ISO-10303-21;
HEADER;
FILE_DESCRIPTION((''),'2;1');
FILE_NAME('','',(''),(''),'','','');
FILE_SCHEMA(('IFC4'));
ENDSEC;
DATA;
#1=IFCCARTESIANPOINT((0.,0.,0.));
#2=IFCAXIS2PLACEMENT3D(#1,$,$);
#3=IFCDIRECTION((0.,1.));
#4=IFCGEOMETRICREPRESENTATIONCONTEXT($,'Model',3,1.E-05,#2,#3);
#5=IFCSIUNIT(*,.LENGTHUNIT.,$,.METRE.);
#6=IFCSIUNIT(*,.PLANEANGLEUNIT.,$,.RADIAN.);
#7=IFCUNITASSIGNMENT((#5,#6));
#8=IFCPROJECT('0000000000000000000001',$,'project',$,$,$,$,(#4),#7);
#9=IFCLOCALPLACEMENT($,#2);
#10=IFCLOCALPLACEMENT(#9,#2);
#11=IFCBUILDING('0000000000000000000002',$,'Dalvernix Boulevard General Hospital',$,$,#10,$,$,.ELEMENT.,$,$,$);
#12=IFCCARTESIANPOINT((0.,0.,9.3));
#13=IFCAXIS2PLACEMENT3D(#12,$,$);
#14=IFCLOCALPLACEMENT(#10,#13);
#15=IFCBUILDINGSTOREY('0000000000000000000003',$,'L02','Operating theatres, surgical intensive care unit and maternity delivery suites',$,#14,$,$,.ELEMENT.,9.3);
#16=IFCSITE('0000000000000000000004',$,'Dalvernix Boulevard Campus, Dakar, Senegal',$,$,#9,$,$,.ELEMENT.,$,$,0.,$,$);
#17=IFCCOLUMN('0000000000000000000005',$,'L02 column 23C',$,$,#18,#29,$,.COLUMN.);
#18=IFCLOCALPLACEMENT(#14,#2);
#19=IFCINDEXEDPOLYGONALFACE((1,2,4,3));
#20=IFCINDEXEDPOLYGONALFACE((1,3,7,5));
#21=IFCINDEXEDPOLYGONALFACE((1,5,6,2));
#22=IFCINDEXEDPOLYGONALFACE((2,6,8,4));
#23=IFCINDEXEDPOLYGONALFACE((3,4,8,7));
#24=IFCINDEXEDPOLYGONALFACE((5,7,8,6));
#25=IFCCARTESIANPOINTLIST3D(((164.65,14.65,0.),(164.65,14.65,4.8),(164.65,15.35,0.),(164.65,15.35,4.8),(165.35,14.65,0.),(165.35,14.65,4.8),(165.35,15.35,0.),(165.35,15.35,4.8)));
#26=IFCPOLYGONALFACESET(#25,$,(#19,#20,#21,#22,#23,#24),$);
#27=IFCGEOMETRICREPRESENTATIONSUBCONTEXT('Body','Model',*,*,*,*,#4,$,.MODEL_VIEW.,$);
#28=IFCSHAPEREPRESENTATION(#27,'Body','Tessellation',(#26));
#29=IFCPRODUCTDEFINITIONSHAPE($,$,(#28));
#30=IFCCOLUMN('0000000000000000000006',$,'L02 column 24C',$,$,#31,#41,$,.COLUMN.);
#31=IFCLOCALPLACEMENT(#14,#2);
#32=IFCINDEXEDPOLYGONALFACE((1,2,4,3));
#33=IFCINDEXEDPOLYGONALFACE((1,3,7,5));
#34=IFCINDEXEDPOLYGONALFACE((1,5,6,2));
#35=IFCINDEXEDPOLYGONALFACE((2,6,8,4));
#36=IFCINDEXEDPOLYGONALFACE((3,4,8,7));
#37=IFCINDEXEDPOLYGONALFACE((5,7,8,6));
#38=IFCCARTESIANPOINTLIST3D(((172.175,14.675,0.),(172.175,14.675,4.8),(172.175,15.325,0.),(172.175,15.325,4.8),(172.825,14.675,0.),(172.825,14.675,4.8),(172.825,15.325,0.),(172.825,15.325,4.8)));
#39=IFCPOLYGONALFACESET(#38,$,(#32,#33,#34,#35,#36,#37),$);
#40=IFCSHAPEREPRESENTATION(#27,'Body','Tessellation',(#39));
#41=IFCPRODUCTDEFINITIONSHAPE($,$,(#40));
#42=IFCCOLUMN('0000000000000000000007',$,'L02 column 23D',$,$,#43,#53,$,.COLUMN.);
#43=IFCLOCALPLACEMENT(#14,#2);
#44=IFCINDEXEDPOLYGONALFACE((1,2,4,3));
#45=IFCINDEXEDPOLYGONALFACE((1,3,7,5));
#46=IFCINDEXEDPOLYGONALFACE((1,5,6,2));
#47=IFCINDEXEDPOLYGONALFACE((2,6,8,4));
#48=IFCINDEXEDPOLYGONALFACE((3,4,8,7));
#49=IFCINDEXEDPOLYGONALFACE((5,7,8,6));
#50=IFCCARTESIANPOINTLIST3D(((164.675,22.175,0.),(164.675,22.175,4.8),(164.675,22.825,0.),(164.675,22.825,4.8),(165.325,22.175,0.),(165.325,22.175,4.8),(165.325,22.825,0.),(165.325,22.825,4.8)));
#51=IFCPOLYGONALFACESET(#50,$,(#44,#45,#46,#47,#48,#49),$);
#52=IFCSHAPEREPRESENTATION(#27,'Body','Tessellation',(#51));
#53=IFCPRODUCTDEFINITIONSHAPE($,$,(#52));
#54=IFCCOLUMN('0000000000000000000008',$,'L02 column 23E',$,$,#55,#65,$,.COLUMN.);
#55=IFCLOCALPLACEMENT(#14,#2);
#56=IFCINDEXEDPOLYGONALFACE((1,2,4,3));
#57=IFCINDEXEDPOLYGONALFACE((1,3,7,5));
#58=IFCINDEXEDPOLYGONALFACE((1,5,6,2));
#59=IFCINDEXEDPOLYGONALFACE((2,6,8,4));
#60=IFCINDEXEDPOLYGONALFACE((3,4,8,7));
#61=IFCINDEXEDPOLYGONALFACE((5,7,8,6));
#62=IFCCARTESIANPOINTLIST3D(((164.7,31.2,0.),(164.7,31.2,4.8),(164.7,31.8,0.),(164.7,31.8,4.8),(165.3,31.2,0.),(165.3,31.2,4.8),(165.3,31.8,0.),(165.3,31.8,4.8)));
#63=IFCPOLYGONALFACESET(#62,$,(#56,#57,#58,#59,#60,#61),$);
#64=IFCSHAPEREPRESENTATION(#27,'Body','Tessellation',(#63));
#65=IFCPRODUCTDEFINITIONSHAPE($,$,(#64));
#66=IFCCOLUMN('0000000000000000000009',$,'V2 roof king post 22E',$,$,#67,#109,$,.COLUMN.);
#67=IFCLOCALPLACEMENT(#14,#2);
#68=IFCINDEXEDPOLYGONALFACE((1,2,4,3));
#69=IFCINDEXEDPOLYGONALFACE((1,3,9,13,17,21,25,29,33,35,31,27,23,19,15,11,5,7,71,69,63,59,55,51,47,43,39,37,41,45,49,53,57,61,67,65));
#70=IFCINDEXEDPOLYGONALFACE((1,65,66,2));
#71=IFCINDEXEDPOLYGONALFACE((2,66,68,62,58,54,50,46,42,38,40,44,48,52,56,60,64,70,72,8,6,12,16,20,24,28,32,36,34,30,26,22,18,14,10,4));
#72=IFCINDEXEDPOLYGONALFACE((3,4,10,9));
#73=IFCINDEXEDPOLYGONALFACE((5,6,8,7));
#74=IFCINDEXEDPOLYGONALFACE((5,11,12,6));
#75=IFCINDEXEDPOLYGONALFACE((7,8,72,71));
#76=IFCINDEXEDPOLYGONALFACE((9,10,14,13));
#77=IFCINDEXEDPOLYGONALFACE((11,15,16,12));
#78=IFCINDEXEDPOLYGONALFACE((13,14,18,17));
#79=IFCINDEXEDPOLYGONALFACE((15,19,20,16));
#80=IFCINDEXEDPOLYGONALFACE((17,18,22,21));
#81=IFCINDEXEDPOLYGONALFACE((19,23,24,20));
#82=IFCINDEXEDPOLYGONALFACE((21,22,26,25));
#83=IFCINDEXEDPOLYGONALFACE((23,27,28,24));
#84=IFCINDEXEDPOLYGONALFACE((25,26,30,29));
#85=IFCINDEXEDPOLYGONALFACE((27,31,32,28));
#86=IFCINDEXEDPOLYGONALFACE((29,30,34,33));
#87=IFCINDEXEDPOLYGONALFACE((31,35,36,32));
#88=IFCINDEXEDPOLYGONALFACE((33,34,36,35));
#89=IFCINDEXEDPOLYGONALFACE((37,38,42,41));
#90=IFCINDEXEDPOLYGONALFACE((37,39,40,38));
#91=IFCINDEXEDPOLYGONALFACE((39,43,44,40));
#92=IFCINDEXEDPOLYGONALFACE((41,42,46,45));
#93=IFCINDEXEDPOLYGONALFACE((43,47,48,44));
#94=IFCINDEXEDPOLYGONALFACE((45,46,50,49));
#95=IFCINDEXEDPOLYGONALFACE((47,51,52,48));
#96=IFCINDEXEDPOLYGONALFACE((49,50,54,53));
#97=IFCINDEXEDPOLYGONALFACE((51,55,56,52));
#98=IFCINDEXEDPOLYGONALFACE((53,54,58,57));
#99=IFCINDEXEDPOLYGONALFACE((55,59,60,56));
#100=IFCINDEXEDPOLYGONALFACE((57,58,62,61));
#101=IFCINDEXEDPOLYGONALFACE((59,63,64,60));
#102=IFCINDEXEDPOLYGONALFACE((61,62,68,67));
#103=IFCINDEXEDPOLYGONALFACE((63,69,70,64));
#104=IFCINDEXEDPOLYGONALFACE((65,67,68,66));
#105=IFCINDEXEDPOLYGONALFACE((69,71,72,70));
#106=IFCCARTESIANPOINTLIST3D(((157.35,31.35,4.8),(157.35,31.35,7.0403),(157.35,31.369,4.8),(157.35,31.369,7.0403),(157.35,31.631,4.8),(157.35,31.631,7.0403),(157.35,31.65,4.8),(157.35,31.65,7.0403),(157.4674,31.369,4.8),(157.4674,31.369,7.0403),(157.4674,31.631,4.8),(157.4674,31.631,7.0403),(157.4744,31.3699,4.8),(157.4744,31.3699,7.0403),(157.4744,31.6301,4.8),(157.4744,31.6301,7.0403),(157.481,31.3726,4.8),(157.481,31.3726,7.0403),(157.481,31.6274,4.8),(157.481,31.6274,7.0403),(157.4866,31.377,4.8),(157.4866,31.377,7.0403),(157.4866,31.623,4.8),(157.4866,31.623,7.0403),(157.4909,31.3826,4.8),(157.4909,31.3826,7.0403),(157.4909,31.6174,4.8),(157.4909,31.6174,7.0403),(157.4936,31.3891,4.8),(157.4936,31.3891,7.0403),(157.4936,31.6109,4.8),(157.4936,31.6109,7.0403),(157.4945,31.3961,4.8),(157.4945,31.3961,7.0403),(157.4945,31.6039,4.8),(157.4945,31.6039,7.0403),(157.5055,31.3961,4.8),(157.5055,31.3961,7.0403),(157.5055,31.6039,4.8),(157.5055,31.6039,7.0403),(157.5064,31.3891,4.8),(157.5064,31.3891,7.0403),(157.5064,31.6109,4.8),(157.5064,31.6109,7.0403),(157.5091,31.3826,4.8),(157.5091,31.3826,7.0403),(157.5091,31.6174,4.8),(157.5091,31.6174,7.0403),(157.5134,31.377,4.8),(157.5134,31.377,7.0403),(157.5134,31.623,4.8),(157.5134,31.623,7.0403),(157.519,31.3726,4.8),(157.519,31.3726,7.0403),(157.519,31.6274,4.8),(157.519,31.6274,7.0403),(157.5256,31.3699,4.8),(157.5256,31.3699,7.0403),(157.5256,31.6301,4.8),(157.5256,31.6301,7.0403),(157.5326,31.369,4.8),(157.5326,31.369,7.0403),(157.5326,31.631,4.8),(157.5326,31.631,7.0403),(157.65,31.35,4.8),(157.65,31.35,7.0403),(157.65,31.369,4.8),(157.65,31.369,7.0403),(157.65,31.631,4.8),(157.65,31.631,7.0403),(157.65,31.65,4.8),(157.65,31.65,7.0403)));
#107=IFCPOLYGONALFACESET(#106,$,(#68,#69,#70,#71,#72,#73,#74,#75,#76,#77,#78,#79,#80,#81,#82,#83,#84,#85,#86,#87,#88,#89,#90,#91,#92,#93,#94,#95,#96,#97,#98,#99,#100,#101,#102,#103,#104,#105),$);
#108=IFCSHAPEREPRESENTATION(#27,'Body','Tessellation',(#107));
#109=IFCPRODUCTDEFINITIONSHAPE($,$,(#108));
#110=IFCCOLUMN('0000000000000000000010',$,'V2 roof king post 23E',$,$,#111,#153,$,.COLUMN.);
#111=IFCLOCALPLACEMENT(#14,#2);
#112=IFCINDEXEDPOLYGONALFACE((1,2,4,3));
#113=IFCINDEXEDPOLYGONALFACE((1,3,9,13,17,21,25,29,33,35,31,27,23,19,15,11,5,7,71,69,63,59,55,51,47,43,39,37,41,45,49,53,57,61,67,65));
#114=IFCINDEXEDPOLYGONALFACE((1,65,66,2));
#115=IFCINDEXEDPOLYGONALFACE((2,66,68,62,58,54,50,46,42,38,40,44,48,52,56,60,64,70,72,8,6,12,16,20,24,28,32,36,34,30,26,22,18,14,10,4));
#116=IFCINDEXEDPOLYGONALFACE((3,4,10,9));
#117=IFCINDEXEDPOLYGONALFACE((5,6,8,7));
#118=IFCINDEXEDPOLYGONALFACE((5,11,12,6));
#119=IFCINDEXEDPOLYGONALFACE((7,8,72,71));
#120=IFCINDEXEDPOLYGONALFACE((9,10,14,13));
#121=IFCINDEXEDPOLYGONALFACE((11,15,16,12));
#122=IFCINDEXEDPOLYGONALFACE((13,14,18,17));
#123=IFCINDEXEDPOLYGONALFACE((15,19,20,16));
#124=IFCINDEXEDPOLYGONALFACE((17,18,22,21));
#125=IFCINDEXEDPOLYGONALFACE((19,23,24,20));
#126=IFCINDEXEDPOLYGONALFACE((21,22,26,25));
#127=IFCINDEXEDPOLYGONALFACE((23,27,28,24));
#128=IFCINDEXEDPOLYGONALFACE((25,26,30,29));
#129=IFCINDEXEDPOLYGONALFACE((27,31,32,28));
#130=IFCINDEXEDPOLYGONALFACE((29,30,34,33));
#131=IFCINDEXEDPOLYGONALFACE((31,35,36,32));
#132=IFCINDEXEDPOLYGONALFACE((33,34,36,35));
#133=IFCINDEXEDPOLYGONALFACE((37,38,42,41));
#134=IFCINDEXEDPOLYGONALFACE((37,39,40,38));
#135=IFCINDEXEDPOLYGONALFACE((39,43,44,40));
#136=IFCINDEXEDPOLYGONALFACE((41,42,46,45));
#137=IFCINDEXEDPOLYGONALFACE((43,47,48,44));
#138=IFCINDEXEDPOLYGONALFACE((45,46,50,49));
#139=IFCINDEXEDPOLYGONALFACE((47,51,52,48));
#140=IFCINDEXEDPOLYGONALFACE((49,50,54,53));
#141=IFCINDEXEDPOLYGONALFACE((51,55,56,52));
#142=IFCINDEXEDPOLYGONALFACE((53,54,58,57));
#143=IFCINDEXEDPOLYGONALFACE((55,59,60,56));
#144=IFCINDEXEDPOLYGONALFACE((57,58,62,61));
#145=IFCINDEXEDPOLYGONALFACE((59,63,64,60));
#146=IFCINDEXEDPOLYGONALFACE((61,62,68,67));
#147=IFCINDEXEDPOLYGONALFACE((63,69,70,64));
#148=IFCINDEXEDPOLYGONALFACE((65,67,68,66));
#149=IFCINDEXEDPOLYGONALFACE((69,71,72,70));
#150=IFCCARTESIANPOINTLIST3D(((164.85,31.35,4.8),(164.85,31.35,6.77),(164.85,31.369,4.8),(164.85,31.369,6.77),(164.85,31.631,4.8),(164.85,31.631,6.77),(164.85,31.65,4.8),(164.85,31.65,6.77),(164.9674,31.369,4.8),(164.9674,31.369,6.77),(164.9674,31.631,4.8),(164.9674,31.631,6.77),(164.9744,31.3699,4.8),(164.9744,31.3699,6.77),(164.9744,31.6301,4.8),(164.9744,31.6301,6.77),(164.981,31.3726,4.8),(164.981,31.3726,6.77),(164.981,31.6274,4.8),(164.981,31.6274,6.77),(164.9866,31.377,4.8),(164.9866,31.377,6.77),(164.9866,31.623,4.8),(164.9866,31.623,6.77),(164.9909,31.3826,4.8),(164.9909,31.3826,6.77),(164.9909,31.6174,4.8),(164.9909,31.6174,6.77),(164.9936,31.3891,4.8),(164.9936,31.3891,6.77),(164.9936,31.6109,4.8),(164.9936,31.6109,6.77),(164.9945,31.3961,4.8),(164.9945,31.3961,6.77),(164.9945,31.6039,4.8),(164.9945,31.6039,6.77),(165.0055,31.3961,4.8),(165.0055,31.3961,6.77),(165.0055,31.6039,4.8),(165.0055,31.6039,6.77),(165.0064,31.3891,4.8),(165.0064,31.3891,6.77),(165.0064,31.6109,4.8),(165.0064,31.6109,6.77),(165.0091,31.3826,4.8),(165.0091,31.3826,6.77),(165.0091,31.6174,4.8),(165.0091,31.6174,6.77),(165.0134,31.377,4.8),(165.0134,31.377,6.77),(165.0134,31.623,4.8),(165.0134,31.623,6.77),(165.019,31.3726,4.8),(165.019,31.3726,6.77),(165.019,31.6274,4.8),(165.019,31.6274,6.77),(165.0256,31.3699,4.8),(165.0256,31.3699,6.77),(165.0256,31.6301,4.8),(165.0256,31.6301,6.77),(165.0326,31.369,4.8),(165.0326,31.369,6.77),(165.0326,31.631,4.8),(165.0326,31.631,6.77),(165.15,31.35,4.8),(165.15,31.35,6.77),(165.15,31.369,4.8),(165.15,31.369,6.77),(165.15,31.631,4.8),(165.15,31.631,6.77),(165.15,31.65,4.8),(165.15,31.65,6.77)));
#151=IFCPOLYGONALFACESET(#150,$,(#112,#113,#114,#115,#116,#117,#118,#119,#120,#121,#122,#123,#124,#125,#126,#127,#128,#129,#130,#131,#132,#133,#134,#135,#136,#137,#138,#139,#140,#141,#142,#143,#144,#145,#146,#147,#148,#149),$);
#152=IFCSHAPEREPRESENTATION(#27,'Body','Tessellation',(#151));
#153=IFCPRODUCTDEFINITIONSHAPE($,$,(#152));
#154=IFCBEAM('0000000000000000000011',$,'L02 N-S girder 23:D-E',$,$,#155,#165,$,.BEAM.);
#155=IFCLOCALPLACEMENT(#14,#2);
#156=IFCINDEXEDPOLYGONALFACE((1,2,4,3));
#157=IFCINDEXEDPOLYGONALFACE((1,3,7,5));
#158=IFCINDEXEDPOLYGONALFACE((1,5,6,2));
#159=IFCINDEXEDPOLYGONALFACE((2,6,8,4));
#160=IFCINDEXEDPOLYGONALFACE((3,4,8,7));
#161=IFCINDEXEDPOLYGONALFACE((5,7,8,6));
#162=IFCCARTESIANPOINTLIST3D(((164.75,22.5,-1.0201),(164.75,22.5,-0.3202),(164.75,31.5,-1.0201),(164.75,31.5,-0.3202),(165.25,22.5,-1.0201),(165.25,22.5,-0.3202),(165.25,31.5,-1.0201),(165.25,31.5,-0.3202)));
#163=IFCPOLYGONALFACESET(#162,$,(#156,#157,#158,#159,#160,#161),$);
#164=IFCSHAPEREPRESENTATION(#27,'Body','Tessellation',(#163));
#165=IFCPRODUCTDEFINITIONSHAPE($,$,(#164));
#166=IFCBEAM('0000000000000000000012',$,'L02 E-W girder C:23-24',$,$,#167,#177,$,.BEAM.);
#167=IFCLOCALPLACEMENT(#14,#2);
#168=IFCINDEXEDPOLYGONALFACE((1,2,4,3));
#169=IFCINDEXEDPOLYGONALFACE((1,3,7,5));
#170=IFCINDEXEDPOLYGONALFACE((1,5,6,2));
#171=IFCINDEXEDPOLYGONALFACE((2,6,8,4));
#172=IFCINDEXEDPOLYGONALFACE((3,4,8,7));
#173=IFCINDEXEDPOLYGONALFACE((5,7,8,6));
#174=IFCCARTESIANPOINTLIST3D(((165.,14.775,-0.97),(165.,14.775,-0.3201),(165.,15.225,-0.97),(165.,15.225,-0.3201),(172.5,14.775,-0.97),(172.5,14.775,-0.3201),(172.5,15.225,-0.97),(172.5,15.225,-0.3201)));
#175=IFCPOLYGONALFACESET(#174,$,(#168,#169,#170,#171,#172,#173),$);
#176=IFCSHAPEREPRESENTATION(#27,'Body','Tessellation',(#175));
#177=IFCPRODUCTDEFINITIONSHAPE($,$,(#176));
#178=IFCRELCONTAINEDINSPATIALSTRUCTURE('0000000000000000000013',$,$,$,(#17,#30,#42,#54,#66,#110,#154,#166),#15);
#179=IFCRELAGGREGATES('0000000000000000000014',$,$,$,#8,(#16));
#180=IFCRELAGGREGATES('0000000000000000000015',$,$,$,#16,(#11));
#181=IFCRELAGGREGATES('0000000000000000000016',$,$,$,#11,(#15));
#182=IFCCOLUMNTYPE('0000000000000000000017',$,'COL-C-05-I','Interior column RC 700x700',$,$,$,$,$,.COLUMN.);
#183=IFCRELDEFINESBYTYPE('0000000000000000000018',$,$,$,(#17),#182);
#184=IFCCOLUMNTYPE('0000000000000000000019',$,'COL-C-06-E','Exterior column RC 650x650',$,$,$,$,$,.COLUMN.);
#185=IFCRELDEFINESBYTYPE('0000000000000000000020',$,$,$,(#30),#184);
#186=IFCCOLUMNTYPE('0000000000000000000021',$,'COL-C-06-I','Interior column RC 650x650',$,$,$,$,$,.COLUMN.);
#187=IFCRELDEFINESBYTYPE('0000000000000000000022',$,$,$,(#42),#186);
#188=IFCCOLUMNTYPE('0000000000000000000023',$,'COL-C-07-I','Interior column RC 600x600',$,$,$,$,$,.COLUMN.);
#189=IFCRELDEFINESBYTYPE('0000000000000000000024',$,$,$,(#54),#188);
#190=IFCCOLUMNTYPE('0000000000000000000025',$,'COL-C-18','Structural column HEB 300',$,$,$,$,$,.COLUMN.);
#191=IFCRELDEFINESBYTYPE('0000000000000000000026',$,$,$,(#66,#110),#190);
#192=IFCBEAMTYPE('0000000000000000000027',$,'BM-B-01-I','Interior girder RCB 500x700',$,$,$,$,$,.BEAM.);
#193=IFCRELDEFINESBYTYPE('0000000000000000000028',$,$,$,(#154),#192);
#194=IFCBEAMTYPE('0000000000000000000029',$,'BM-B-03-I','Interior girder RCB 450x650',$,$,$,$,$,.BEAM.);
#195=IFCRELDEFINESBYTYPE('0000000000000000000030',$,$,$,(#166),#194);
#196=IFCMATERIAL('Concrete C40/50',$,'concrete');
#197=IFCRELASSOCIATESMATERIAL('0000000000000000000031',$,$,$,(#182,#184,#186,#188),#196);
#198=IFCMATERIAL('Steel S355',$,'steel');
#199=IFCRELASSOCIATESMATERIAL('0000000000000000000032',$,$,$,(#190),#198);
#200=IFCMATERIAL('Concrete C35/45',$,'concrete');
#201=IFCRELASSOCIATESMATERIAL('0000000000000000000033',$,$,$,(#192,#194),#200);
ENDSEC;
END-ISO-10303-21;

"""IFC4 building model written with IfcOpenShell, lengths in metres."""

from ifc_helpers import new_model, si_unit, direction, frame, origin, origin_2d, place, context, subcontext, project, spatial, rectangle, i_section, extrude, material, material_profile, profile_set, type_object, element, save


model = new_model("IFC4")

# Units and contexts
model_context = context("Model", 3, precision=1e-05, world=origin(), true_north=direction((0.0, 1.0)))
body_context = subcontext(model_context, "Body", "Model", "MODEL_VIEW")
ifc_project = project(units=[si_unit("LENGTHUNIT", "METRE"), si_unit("PLANEANGLEUNIT", "RADIAN")], contexts=[model_context])

# Site, building, storey
site_placement = place(None, origin())
site = spatial("IfcSite", under=ifc_project, at=site_placement, Name="Dalvernix Boulevard Campus, Dakar, Senegal", CompositionType="ELEMENT", RefElevation=0.0)
building_placement = place(site_placement, origin())
building = spatial("IfcBuilding", under=site, at=building_placement, Name="Dalvernix Boulevard General Hospital", CompositionType="ELEMENT")
storey_placement = place(building_placement, frame((0.0, 0.0, 9.3)))
storey = spatial("IfcBuildingStorey", under=building, at=storey_placement, Name="L02", Description="Operating theatres, surgical intensive care unit and maternity delivery suites", CompositionType="ELEMENT", Elevation=9.3)

# Columns
ifc_material_1 = material(Name="Concrete C40/50", Category="concrete")
ifc_material_profile_1 = material_profile(ifc_material_1, rectangle(XDim=0.7, YDim=0.7, at=origin_2d()), Name="RC 700x700")
ifc_profile_set_1 = profile_set([ifc_material_profile_1], Name="Concrete C40/50")
column_type_1 = type_object("IfcColumnType", Name="COL-C-05-I", Description="Interior column RC 700x700", PredefinedType="COLUMN", material=ifc_profile_set_1)
column_1_placement = place(storey_placement, frame((165.0, 15.0, 0.0), z_axis=(0.0, 0.0, 1.0), x_axis=(1.0, 0.0, 0.0)))
element("IfcColumn", 1, at=column_1_placement, inside=storey, type_object=column_type_1, Name="L02 column 23C", PredefinedType="COLUMN", context=body_context, shape_type="SweptSolid", body=[
    extrude(rectangle(XDim=0.7, YDim=0.7, at=origin_2d()), origin(), (0.0, 0.0, 1.0), 4.8),
])
ifc_material_profile_2 = material_profile(ifc_material_1, rectangle(XDim=0.6499, YDim=0.6499, at=origin_2d()), Name="RC 650x650")
ifc_profile_set_2 = profile_set([ifc_material_profile_2], Name="Concrete C40/50")
column_type_2 = type_object("IfcColumnType", Name="COL-C-06-E", Description="Exterior column RC 650x650", PredefinedType="COLUMN", material=ifc_profile_set_2)
column_2_placement = place(storey_placement, frame((172.5, 15.0, 0.0), z_axis=(0.0, 0.0, 1.0), x_axis=(1.0, 0.0, 0.0)))
element("IfcColumn", 2, at=column_2_placement, inside=storey, type_object=column_type_2, Name="L02 column 24C", PredefinedType="COLUMN", context=body_context, shape_type="SweptSolid", body=[
    extrude(rectangle(XDim=0.6499, YDim=0.6499, at=origin_2d()), origin(), (0.0, 0.0, 1.0), 4.8),
])
ifc_material_profile_3 = material_profile(ifc_material_1, rectangle(XDim=0.6499, YDim=0.6499, at=origin_2d()), Name="RC 650x650")
ifc_profile_set_3 = profile_set([ifc_material_profile_3], Name="Concrete C40/50")
column_type_3 = type_object("IfcColumnType", Name="COL-C-06-I", Description="Interior column RC 650x650", PredefinedType="COLUMN", material=ifc_profile_set_3)
column_3_placement = place(storey_placement, frame((165.0, 22.5, 0.0), z_axis=(0.0, 0.0, 1.0), x_axis=(1.0, 0.0, 0.0)))
element("IfcColumn", 3, at=column_3_placement, inside=storey, type_object=column_type_3, Name="L02 column 23D", PredefinedType="COLUMN", context=body_context, shape_type="SweptSolid", body=[
    extrude(rectangle(XDim=0.6499, YDim=0.6499, at=origin_2d()), origin(), (0.0, 0.0, 1.0), 4.8),
])
ifc_material_profile_4 = material_profile(ifc_material_1, rectangle(XDim=0.6001, YDim=0.6001, at=origin_2d()), Name="RC 600x600")
ifc_profile_set_4 = profile_set([ifc_material_profile_4], Name="Concrete C40/50")
column_type_4 = type_object("IfcColumnType", Name="COL-C-07-I", Description="Interior column RC 600x600", PredefinedType="COLUMN", material=ifc_profile_set_4)
column_4_placement = place(storey_placement, frame((165.0, 31.5, 0.0), z_axis=(0.0, 0.0, 1.0), x_axis=(1.0, 0.0, 0.0)))
element("IfcColumn", 4, at=column_4_placement, inside=storey, type_object=column_type_4, Name="L02 column 23E", PredefinedType="COLUMN", context=body_context, shape_type="SweptSolid", body=[
    extrude(rectangle(XDim=0.6001, YDim=0.6001, at=origin_2d()), origin(), (0.0, 0.0, 1.0), 4.8),
])
ifc_material_2 = material(Name="Steel S355", Category="steel")
ifc_material_profile_5 = material_profile(ifc_material_2, i_section(OverallWidth=0.3, OverallDepth=0.3, WebThickness=0.011, FlangeThickness=0.019, FilletRadius=0.0271, at=origin_2d()), Name="HEB 300")
ifc_profile_set_5 = profile_set([ifc_material_profile_5], Name="Steel S355")
column_type_5 = type_object("IfcColumnType", Name="COL-C-18", Description="Structural column HEB 300", PredefinedType="COLUMN", material=ifc_profile_set_5)
column_5_placement = place(storey_placement, frame((157.5, 31.5, 4.8), z_axis=(0.0, 0.0, 1.0), x_axis=(1.0, 0.0, 0.0)))
element("IfcColumn", 5, at=column_5_placement, inside=storey, type_object=column_type_5, Name="V2 roof king post 22E", PredefinedType="COLUMN", context=body_context, shape_type="SweptSolid", body=[
    extrude(i_section(OverallWidth=0.3, OverallDepth=0.3, WebThickness=0.011, FlangeThickness=0.019, FilletRadius=0.0271, at=origin_2d()), origin(), (0.0, 0.0, 1.0), 2.2402),
])
column_6_placement = place(storey_placement, frame((165.0, 31.5, 4.8), z_axis=(0.0, 0.0, 1.0), x_axis=(1.0, 0.0, 0.0)))
element("IfcColumn", 6, at=column_6_placement, inside=storey, type_object=column_type_5, Name="V2 roof king post 23E", PredefinedType="COLUMN", context=body_context, shape_type="SweptSolid", body=[
    extrude(i_section(OverallWidth=0.3, OverallDepth=0.3, WebThickness=0.011, FlangeThickness=0.019, FilletRadius=0.0271, at=origin_2d()), origin(), (0.0, 0.0, 1.0), 1.97),
])

# Beams
ifc_material_3 = material(Name="Concrete C35/45", Category="concrete")
ifc_material_profile_6 = material_profile(ifc_material_3, rectangle(XDim=0.5, YDim=0.7, at=origin_2d()), Name="RCB 500x700")
ifc_profile_set_6 = profile_set([ifc_material_profile_6], Name="Concrete C35/45")
beam_type_1 = type_object("IfcBeamType", Name="BM-B-01-I", Description="Interior girder RCB 500x700", PredefinedType="BEAM", material=ifc_profile_set_6)
beam_1_placement = place(storey_placement, frame((165.0, 22.5, -0.6702), z_axis=(0.0, 1.0, 0.0), x_axis=(-1.0, 0.0, 0.0)))
element("IfcBeam", 7, at=beam_1_placement, inside=storey, type_object=beam_type_1, Name="L02 N-S girder 23:D-E", PredefinedType="BEAM", context=body_context, shape_type="SweptSolid", body=[
    extrude(rectangle(XDim=0.5, YDim=0.7, at=origin_2d()), origin(), (0.0, 0.0, 1.0), 9.0),
])
ifc_material_profile_7 = material_profile(ifc_material_3, rectangle(XDim=0.45, YDim=0.6499, at=origin_2d()), Name="RCB 450x650")
ifc_profile_set_7 = profile_set([ifc_material_profile_7], Name="Concrete C35/45")
beam_type_2 = type_object("IfcBeamType", Name="BM-B-03-I", Description="Interior girder RCB 450x650", PredefinedType="BEAM", material=ifc_profile_set_7)
for number, where, z_axis, x_axis, name in (
    (8, (165.0, 15.0, -0.645), (1.0, 0.0, 0.0), (0.0, 1.0, 0.0), "L02 E-W girder C:23-24"),
):
    element("IfcBeam", number, at=place(storey_placement, frame(where, z_axis=z_axis, x_axis=x_axis)), inside=storey, type_object=beam_type_2, Name=name, PredefinedType="BEAM", context=body_context, shape_type="SweptSolid", body=[
        extrude(rectangle(XDim=0.45, YDim=0.6499, at=origin_2d()), origin(), (0.0, 0.0, 1.0), 7.5),
    ])

save(model, "model.ifc")
